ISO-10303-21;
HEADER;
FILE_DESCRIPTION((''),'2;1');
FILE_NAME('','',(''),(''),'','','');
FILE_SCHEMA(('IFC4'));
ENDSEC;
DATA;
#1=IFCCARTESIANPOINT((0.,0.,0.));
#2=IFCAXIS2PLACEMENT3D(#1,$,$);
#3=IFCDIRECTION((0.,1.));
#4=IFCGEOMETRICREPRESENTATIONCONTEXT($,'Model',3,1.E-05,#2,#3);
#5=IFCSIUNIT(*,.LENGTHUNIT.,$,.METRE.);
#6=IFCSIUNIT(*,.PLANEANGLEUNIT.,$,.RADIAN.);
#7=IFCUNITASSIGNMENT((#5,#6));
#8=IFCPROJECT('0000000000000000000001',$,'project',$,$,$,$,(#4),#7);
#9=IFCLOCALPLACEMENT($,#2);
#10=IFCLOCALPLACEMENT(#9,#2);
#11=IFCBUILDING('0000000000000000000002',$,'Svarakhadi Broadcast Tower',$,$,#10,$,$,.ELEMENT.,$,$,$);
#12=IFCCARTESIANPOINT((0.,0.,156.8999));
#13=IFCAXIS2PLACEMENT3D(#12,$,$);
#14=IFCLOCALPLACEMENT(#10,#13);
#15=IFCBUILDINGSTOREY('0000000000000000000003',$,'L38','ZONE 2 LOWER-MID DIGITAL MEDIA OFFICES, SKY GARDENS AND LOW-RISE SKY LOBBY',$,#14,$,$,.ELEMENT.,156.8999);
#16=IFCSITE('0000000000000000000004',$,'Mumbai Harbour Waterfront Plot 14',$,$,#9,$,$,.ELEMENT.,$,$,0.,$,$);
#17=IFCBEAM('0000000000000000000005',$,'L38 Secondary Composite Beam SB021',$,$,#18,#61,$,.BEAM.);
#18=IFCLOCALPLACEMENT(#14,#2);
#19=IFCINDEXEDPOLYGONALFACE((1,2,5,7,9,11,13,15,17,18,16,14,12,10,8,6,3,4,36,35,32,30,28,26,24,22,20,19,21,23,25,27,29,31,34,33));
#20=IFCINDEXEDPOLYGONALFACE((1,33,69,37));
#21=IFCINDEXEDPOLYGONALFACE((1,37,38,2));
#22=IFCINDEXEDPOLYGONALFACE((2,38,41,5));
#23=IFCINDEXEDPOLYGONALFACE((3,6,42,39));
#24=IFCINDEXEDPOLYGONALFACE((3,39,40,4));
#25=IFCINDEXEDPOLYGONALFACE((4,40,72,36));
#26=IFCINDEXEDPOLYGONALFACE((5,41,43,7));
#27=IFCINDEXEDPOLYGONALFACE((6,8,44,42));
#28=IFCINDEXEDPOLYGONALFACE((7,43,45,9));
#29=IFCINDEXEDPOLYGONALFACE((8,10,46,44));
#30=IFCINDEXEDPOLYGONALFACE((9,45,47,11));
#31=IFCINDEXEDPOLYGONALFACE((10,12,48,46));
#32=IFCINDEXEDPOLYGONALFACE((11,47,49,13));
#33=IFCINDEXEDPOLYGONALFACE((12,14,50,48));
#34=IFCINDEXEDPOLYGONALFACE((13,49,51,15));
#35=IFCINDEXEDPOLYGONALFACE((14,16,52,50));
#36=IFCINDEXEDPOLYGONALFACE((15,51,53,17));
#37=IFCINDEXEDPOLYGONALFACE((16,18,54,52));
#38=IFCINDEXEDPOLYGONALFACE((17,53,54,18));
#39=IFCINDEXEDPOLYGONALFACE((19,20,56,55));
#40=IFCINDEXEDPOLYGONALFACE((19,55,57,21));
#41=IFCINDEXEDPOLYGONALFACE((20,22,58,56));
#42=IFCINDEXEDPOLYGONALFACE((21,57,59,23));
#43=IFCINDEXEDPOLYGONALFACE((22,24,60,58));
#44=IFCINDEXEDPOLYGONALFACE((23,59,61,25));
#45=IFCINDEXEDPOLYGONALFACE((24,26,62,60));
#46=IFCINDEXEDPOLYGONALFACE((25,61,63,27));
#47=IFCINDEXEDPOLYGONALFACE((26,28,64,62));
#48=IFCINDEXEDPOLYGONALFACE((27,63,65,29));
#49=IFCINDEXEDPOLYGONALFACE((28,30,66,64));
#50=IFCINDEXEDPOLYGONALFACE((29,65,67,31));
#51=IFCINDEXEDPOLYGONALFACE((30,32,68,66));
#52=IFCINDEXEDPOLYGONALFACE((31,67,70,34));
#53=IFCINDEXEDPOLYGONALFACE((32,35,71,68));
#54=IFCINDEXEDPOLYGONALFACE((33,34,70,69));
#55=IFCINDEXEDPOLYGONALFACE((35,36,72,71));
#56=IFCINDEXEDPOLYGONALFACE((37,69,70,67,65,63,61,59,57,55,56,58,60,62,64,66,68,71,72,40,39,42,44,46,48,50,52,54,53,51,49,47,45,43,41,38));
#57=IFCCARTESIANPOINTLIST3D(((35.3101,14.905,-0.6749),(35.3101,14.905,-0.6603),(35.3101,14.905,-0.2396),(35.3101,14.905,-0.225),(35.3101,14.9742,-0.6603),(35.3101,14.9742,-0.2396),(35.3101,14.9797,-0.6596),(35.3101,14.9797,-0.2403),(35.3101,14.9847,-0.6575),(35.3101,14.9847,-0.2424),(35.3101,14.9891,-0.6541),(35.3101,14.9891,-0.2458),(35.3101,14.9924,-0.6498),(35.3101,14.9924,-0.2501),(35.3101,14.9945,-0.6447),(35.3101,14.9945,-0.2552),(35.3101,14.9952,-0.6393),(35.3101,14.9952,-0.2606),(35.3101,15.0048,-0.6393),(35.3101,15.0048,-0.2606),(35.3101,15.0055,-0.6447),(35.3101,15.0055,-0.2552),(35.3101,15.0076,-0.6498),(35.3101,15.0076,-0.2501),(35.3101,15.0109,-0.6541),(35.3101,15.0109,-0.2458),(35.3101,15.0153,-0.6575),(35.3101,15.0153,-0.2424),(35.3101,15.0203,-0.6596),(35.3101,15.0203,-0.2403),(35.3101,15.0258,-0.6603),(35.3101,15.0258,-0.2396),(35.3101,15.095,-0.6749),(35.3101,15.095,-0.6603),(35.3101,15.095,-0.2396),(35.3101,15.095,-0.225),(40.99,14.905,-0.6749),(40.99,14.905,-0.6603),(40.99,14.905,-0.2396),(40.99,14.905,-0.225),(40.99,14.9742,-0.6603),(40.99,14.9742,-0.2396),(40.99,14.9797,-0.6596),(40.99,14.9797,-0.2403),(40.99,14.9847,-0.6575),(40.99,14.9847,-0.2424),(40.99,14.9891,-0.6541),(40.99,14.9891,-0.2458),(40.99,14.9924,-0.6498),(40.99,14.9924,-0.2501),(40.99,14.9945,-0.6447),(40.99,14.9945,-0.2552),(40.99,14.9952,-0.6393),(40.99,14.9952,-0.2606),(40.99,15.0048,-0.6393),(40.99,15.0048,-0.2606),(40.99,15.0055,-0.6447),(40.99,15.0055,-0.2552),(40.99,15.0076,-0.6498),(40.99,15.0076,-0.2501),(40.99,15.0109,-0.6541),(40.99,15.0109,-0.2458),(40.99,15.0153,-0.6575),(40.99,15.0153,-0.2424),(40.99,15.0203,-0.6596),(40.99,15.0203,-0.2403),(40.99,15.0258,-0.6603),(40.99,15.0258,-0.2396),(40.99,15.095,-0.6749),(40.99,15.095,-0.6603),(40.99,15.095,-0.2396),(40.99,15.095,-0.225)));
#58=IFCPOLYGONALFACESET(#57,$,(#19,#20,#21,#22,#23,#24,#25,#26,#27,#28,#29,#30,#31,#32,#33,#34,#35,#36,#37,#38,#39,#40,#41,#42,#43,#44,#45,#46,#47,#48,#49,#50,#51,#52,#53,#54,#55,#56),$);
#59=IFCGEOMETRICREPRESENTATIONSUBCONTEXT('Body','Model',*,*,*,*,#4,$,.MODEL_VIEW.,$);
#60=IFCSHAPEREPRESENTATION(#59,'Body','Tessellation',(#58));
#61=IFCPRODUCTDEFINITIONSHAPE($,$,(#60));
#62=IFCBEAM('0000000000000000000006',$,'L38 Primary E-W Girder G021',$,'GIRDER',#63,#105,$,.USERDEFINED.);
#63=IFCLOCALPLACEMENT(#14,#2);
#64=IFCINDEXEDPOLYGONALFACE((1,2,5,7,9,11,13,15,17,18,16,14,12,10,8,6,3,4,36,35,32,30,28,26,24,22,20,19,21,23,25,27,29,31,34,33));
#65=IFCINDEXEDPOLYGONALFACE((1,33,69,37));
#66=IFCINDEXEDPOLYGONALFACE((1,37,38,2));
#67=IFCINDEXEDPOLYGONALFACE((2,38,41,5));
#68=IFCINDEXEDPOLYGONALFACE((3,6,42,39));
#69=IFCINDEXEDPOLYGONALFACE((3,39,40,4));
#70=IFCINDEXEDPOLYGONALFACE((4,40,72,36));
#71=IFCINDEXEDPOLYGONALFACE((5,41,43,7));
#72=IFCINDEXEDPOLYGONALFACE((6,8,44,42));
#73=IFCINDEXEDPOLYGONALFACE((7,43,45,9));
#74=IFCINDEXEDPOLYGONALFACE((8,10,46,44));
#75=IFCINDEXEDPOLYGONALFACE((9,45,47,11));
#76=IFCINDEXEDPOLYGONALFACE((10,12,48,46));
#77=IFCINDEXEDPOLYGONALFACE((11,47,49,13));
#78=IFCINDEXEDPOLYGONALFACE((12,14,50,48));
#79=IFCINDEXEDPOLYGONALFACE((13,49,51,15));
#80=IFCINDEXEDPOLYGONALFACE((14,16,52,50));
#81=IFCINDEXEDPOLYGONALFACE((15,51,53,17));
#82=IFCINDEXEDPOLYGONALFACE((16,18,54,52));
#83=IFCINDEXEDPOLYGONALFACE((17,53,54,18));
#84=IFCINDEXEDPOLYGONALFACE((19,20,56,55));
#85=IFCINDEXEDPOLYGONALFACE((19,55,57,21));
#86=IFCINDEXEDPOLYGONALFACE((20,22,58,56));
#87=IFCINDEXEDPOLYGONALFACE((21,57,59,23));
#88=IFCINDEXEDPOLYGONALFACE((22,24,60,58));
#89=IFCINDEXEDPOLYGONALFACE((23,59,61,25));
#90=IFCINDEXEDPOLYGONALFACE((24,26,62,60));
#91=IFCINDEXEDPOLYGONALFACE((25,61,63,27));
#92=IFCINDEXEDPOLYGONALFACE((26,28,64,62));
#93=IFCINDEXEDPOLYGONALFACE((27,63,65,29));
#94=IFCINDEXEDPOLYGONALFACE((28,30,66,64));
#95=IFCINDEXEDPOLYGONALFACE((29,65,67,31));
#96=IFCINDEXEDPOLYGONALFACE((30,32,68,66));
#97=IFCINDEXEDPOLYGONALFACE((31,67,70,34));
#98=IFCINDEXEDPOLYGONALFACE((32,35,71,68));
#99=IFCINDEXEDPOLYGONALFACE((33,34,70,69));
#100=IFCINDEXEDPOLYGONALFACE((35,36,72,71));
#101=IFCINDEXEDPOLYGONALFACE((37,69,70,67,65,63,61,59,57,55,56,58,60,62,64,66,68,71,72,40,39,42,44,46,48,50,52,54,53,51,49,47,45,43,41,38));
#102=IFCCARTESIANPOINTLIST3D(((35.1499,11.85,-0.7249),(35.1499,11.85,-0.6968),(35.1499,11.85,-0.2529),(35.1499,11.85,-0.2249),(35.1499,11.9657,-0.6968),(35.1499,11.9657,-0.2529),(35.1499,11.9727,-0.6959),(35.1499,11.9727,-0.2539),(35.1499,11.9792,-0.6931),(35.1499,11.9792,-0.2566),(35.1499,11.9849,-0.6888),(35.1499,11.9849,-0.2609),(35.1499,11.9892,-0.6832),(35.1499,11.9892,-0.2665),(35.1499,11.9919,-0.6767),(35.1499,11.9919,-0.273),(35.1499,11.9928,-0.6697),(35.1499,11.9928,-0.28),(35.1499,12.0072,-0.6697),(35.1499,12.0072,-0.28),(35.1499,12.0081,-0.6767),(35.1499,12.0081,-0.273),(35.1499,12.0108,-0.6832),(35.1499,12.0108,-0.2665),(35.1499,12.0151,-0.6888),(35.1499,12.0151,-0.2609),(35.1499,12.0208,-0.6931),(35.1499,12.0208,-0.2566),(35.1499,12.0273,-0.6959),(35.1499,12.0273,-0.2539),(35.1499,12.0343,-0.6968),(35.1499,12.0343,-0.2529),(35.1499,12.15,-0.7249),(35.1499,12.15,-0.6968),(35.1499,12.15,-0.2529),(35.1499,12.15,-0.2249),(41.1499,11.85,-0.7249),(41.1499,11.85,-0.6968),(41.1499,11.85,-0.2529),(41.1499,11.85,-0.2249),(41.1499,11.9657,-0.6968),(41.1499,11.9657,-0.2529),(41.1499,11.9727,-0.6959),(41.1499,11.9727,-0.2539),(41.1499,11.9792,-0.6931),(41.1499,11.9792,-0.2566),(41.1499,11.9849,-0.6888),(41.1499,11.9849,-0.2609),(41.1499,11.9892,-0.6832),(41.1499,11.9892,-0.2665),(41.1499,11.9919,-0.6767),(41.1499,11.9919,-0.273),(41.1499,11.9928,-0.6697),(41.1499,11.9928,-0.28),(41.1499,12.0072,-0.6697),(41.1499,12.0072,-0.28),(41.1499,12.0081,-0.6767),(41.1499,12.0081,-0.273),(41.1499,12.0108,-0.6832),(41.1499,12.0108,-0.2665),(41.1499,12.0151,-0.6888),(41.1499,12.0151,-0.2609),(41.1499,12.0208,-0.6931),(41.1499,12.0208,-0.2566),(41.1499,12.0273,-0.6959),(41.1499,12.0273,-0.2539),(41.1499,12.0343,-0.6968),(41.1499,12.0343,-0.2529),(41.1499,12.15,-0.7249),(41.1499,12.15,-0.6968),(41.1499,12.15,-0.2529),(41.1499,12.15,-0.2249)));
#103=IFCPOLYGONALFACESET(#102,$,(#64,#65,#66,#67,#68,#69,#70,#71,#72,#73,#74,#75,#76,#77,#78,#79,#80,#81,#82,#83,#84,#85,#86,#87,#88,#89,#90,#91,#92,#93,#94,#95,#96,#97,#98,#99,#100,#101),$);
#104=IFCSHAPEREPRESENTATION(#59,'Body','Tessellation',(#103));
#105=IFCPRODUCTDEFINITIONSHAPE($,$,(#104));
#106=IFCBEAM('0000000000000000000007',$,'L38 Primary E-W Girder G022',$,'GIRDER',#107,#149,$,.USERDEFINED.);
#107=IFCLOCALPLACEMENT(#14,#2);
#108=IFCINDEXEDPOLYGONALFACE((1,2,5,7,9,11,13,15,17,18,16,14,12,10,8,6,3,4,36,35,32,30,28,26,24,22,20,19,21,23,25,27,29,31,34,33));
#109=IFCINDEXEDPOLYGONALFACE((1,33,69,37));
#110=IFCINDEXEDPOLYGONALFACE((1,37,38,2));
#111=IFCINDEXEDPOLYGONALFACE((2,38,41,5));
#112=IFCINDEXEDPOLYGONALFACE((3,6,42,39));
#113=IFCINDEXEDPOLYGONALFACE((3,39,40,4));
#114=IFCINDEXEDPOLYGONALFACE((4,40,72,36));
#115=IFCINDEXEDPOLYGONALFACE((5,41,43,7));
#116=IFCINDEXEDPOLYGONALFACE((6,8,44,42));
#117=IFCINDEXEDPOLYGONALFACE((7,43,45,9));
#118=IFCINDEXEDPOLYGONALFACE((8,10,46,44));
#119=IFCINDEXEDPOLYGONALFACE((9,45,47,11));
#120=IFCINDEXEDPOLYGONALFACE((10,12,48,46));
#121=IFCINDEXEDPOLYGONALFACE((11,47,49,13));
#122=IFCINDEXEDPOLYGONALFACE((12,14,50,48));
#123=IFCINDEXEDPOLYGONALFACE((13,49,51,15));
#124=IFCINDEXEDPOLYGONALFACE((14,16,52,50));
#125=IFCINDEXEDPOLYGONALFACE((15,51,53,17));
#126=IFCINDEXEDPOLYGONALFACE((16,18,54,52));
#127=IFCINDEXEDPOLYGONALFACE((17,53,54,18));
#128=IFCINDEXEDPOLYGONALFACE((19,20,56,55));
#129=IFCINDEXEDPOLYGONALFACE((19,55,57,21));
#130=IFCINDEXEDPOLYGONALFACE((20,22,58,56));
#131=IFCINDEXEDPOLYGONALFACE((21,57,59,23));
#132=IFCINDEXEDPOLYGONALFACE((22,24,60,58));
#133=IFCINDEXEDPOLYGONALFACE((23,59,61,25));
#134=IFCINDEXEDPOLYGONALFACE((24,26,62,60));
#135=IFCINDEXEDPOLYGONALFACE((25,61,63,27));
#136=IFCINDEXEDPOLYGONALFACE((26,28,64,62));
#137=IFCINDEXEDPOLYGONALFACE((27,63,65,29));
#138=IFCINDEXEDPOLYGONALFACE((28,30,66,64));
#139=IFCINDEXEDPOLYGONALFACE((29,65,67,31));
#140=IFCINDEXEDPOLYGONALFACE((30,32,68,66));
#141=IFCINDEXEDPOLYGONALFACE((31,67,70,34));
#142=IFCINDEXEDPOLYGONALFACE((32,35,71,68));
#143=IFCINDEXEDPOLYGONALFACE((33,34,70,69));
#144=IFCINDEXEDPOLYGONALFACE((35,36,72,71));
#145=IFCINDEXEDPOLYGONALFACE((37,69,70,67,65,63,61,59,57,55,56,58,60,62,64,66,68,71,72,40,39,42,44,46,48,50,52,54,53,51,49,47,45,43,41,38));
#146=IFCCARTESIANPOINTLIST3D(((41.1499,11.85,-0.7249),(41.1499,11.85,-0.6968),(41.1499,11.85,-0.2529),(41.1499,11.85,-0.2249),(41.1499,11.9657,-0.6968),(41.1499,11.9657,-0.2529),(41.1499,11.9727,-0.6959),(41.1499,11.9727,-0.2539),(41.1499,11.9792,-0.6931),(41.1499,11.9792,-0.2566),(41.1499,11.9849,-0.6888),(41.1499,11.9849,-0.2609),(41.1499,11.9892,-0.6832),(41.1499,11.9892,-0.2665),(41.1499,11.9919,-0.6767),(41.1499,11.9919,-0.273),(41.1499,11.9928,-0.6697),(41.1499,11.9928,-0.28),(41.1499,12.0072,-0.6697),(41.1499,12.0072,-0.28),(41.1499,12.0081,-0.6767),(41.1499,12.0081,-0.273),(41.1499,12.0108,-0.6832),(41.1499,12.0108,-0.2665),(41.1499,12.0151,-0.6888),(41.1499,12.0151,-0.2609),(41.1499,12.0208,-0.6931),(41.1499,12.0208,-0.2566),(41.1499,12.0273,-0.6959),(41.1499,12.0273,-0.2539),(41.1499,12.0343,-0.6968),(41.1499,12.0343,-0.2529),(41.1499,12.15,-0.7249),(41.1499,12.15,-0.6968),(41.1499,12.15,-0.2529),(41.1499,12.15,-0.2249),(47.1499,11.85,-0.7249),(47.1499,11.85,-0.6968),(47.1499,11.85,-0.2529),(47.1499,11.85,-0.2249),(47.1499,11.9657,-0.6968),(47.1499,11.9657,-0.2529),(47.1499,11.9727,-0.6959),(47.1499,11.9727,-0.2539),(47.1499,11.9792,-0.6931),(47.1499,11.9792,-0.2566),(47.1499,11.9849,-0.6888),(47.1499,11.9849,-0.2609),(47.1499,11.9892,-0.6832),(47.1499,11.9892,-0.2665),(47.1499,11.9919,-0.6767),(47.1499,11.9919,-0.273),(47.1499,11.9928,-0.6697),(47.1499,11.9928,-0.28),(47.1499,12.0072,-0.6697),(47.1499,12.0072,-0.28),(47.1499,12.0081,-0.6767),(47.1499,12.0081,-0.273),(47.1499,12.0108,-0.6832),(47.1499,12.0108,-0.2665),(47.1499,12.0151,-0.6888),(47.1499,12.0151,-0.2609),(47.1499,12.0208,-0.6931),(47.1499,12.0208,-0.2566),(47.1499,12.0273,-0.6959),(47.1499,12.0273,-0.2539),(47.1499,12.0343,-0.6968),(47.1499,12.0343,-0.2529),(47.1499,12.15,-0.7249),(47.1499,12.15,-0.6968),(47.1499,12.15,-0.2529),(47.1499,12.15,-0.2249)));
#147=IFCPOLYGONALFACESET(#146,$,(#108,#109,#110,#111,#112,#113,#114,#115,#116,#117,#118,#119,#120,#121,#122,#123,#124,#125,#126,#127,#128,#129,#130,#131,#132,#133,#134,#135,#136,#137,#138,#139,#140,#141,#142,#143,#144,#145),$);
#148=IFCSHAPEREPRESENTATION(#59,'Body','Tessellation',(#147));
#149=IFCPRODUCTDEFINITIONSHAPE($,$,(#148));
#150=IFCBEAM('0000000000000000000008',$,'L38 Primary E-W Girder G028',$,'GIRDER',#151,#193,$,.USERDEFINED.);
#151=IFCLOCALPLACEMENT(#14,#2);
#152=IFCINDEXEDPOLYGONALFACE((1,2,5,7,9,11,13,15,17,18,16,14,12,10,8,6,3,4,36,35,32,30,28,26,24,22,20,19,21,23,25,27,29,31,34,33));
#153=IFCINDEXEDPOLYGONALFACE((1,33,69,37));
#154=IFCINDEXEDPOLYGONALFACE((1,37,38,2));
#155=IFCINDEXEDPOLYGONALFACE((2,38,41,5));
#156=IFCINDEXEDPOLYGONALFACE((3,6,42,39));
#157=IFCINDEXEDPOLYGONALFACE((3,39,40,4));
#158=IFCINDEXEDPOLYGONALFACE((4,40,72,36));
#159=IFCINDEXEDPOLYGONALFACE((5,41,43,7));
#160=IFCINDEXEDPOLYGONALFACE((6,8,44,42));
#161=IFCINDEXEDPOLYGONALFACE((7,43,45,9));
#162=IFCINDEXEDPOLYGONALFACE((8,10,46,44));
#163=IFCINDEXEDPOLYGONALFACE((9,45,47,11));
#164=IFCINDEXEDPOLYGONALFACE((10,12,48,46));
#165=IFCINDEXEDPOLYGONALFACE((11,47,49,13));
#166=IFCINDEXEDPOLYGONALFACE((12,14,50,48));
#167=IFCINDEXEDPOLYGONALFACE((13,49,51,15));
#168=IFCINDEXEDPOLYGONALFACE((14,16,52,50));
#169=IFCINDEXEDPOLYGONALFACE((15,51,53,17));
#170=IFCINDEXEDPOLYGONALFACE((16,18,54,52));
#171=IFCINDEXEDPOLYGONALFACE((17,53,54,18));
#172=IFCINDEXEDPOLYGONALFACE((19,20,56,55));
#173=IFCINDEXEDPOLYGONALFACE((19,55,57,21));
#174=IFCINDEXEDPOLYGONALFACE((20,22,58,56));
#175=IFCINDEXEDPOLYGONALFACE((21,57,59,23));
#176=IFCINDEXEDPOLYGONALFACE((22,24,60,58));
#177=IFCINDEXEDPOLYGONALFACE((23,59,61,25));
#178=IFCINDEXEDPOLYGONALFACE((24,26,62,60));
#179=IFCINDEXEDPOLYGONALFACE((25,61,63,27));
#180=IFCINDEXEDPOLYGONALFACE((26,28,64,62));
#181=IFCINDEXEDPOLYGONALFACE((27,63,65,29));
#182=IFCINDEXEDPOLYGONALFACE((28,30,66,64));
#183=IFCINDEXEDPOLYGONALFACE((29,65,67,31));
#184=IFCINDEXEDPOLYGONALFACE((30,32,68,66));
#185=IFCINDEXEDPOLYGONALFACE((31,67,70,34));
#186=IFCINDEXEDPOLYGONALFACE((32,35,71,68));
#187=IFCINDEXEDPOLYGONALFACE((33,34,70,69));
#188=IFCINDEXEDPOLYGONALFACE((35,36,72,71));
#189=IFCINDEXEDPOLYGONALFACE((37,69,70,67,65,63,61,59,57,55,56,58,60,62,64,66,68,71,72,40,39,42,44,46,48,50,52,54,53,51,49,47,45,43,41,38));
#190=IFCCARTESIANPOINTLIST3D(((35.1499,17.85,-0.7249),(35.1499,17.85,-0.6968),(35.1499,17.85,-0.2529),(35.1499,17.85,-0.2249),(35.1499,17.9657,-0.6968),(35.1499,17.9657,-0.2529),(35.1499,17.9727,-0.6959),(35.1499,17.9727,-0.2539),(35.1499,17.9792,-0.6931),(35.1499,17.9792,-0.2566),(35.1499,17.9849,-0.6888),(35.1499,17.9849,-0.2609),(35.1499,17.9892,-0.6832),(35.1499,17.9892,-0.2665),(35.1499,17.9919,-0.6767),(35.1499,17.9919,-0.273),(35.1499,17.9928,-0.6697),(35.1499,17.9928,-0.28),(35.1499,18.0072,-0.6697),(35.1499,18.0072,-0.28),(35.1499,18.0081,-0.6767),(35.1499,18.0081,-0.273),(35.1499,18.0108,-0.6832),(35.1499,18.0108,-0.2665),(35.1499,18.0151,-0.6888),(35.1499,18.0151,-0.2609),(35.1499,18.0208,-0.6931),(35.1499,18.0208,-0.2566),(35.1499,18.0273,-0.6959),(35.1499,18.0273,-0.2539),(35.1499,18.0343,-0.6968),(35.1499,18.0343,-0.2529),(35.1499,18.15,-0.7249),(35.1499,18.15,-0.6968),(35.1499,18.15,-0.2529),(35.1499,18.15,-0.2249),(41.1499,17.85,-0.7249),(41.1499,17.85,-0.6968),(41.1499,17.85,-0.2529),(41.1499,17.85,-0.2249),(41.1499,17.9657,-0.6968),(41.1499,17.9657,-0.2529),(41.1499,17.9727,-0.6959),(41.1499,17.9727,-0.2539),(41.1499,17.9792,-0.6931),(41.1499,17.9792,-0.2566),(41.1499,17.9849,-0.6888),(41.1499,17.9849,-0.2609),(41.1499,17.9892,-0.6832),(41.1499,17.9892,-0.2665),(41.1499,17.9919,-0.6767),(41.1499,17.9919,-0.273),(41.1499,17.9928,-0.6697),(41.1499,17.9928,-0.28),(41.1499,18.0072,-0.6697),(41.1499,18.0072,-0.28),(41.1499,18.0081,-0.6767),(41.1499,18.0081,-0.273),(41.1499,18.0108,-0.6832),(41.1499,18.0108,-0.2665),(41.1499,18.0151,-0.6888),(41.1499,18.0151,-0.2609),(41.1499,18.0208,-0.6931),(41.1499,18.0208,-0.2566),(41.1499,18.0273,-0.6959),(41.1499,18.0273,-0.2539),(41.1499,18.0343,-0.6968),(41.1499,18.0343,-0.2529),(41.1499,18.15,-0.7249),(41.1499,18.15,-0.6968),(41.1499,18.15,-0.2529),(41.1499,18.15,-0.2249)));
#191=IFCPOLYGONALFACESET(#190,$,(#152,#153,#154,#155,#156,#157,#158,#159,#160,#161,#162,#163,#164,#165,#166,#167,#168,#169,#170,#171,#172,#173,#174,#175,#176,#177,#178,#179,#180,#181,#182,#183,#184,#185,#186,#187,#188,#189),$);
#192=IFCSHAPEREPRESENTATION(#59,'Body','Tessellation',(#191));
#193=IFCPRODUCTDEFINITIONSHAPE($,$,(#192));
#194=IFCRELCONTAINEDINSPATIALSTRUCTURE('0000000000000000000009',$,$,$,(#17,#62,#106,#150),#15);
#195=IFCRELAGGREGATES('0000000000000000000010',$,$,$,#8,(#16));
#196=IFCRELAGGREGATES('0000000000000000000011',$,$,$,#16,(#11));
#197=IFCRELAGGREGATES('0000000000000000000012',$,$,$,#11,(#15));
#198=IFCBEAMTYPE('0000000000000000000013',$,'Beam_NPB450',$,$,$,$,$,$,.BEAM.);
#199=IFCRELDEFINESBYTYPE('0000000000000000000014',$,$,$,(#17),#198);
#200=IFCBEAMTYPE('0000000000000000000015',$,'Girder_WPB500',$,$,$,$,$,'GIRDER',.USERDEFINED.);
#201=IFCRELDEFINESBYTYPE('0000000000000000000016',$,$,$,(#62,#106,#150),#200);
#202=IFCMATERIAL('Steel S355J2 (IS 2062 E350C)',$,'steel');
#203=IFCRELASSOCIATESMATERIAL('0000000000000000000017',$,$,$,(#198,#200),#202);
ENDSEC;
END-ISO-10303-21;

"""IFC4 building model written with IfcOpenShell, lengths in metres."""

from ifc_helpers import new_model, si_unit, direction, frame, origin, origin_2d, place, context, subcontext, project, spatial, i_section, extrude, material, material_profile, profile_set, type_object, element, save


model = new_model("IFC4")

# Units and contexts
model_context = context("Model", 3, precision=1e-05, world=origin(), true_north=direction((0.0, 1.0)))
body_context = subcontext(model_context, "Body", "Model", "MODEL_VIEW")
ifc_project = project(units=[si_unit("LENGTHUNIT", "METRE"), si_unit("PLANEANGLEUNIT", "RADIAN")], contexts=[model_context])

# Site, building, storey
site_placement = place(None, origin())
site = spatial("IfcSite", under=ifc_project, at=site_placement, Name="Mumbai Harbour Waterfront Plot 14", CompositionType="ELEMENT", RefElevation=0.0)
building_placement = place(site_placement, origin())
building = spatial("IfcBuilding", under=site, at=building_placement, Name="Svarakhadi Broadcast Tower", CompositionType="ELEMENT")
storey_placement = place(building_placement, frame((0.0, 0.0, 156.8999)))
storey = spatial("IfcBuildingStorey", under=building, at=storey_placement, Name="L38", Description="ZONE 2 LOWER-MID DIGITAL MEDIA OFFICES, SKY GARDENS AND LOW-RISE SKY LOBBY", CompositionType="ELEMENT", Elevation=156.8999)

# Beams
ifc_material_1 = material(Name="Steel S355J2 (IS 2062 E350C)", Category="steel")
ifc_material_profile_1 = material_profile(ifc_material_1, i_section(OverallWidth=0.1899, OverallDepth=0.45, WebThickness=0.0095, FlangeThickness=0.0146, FilletRadius=0.021, at=origin_2d()), Name="NPB 450x190x78")
ifc_profile_set_1 = profile_set([ifc_material_profile_1], Name="Steel S355J2 (IS 2062 E350C)")
beam_type_1 = type_object("IfcBeamType", Name="Beam_NPB450", PredefinedType="BEAM", material=ifc_profile_set_1)
beam_1_placement = place(storey_placement, frame((35.3101, 15.0, -0.45), z_axis=(1.0, 0.0, 0.0), x_axis=(0.0, 1.0, 0.0)))
element("IfcBeam", 1, at=beam_1_placement, inside=storey, type_object=beam_type_1, Name="L38 Secondary Composite Beam SB021", PredefinedType="BEAM", context=body_context, shape_type="SweptSolid", body=[
    extrude(i_section(OverallWidth=0.1899, OverallDepth=0.45, WebThickness=0.0095, FlangeThickness=0.0146, FilletRadius=0.021, at=origin_2d()), origin(), (0.0, 0.0, 1.0), 5.6799),
])
ifc_material_profile_2 = material_profile(ifc_material_1, i_section(OverallWidth=0.3, OverallDepth=0.5, WebThickness=0.0144, FlangeThickness=0.0281, FilletRadius=0.0271, at=origin_2d()), Name="WPB 500x300x187")
ifc_profile_set_2 = profile_set([ifc_material_profile_2], Name="Steel S355J2 (IS 2062 E350C)")
beam_type_2 = type_object("IfcBeamType", Name="Girder_WPB500", ElementType="GIRDER", PredefinedType="USERDEFINED", material=ifc_profile_set_2)
for number, where, z_axis, x_axis, name in (
    (2, (35.1499, 12.0, -0.4749), (1.0, 0.0, 0.0), (0.0, 1.0, 0.0), "L38 Primary E-W Girder G021"),
    (3, (41.1499, 12.0, -0.4749), (1.0, 0.0, 0.0), (0.0, 1.0, 0.0), "L38 Primary E-W Girder G022"),
    (4, (35.1499, 18.0, -0.4749), (1.0, 0.0, 0.0), (0.0, 1.0, 0.0), "L38 Primary E-W Girder G028"),
):
    element("IfcBeam", number, at=place(storey_placement, frame(where, z_axis=z_axis, x_axis=x_axis)), inside=storey, type_object=beam_type_2, Name=name, ObjectType="GIRDER", PredefinedType="USERDEFINED", context=body_context, shape_type="SweptSolid", body=[
        extrude(i_section(OverallWidth=0.3, OverallDepth=0.5, WebThickness=0.0144, FlangeThickness=0.0281, FilletRadius=0.0271, at=origin_2d()), origin(), (0.0, 0.0, 1.0), 6.0),
    ])

save(model, "model.ifc")
